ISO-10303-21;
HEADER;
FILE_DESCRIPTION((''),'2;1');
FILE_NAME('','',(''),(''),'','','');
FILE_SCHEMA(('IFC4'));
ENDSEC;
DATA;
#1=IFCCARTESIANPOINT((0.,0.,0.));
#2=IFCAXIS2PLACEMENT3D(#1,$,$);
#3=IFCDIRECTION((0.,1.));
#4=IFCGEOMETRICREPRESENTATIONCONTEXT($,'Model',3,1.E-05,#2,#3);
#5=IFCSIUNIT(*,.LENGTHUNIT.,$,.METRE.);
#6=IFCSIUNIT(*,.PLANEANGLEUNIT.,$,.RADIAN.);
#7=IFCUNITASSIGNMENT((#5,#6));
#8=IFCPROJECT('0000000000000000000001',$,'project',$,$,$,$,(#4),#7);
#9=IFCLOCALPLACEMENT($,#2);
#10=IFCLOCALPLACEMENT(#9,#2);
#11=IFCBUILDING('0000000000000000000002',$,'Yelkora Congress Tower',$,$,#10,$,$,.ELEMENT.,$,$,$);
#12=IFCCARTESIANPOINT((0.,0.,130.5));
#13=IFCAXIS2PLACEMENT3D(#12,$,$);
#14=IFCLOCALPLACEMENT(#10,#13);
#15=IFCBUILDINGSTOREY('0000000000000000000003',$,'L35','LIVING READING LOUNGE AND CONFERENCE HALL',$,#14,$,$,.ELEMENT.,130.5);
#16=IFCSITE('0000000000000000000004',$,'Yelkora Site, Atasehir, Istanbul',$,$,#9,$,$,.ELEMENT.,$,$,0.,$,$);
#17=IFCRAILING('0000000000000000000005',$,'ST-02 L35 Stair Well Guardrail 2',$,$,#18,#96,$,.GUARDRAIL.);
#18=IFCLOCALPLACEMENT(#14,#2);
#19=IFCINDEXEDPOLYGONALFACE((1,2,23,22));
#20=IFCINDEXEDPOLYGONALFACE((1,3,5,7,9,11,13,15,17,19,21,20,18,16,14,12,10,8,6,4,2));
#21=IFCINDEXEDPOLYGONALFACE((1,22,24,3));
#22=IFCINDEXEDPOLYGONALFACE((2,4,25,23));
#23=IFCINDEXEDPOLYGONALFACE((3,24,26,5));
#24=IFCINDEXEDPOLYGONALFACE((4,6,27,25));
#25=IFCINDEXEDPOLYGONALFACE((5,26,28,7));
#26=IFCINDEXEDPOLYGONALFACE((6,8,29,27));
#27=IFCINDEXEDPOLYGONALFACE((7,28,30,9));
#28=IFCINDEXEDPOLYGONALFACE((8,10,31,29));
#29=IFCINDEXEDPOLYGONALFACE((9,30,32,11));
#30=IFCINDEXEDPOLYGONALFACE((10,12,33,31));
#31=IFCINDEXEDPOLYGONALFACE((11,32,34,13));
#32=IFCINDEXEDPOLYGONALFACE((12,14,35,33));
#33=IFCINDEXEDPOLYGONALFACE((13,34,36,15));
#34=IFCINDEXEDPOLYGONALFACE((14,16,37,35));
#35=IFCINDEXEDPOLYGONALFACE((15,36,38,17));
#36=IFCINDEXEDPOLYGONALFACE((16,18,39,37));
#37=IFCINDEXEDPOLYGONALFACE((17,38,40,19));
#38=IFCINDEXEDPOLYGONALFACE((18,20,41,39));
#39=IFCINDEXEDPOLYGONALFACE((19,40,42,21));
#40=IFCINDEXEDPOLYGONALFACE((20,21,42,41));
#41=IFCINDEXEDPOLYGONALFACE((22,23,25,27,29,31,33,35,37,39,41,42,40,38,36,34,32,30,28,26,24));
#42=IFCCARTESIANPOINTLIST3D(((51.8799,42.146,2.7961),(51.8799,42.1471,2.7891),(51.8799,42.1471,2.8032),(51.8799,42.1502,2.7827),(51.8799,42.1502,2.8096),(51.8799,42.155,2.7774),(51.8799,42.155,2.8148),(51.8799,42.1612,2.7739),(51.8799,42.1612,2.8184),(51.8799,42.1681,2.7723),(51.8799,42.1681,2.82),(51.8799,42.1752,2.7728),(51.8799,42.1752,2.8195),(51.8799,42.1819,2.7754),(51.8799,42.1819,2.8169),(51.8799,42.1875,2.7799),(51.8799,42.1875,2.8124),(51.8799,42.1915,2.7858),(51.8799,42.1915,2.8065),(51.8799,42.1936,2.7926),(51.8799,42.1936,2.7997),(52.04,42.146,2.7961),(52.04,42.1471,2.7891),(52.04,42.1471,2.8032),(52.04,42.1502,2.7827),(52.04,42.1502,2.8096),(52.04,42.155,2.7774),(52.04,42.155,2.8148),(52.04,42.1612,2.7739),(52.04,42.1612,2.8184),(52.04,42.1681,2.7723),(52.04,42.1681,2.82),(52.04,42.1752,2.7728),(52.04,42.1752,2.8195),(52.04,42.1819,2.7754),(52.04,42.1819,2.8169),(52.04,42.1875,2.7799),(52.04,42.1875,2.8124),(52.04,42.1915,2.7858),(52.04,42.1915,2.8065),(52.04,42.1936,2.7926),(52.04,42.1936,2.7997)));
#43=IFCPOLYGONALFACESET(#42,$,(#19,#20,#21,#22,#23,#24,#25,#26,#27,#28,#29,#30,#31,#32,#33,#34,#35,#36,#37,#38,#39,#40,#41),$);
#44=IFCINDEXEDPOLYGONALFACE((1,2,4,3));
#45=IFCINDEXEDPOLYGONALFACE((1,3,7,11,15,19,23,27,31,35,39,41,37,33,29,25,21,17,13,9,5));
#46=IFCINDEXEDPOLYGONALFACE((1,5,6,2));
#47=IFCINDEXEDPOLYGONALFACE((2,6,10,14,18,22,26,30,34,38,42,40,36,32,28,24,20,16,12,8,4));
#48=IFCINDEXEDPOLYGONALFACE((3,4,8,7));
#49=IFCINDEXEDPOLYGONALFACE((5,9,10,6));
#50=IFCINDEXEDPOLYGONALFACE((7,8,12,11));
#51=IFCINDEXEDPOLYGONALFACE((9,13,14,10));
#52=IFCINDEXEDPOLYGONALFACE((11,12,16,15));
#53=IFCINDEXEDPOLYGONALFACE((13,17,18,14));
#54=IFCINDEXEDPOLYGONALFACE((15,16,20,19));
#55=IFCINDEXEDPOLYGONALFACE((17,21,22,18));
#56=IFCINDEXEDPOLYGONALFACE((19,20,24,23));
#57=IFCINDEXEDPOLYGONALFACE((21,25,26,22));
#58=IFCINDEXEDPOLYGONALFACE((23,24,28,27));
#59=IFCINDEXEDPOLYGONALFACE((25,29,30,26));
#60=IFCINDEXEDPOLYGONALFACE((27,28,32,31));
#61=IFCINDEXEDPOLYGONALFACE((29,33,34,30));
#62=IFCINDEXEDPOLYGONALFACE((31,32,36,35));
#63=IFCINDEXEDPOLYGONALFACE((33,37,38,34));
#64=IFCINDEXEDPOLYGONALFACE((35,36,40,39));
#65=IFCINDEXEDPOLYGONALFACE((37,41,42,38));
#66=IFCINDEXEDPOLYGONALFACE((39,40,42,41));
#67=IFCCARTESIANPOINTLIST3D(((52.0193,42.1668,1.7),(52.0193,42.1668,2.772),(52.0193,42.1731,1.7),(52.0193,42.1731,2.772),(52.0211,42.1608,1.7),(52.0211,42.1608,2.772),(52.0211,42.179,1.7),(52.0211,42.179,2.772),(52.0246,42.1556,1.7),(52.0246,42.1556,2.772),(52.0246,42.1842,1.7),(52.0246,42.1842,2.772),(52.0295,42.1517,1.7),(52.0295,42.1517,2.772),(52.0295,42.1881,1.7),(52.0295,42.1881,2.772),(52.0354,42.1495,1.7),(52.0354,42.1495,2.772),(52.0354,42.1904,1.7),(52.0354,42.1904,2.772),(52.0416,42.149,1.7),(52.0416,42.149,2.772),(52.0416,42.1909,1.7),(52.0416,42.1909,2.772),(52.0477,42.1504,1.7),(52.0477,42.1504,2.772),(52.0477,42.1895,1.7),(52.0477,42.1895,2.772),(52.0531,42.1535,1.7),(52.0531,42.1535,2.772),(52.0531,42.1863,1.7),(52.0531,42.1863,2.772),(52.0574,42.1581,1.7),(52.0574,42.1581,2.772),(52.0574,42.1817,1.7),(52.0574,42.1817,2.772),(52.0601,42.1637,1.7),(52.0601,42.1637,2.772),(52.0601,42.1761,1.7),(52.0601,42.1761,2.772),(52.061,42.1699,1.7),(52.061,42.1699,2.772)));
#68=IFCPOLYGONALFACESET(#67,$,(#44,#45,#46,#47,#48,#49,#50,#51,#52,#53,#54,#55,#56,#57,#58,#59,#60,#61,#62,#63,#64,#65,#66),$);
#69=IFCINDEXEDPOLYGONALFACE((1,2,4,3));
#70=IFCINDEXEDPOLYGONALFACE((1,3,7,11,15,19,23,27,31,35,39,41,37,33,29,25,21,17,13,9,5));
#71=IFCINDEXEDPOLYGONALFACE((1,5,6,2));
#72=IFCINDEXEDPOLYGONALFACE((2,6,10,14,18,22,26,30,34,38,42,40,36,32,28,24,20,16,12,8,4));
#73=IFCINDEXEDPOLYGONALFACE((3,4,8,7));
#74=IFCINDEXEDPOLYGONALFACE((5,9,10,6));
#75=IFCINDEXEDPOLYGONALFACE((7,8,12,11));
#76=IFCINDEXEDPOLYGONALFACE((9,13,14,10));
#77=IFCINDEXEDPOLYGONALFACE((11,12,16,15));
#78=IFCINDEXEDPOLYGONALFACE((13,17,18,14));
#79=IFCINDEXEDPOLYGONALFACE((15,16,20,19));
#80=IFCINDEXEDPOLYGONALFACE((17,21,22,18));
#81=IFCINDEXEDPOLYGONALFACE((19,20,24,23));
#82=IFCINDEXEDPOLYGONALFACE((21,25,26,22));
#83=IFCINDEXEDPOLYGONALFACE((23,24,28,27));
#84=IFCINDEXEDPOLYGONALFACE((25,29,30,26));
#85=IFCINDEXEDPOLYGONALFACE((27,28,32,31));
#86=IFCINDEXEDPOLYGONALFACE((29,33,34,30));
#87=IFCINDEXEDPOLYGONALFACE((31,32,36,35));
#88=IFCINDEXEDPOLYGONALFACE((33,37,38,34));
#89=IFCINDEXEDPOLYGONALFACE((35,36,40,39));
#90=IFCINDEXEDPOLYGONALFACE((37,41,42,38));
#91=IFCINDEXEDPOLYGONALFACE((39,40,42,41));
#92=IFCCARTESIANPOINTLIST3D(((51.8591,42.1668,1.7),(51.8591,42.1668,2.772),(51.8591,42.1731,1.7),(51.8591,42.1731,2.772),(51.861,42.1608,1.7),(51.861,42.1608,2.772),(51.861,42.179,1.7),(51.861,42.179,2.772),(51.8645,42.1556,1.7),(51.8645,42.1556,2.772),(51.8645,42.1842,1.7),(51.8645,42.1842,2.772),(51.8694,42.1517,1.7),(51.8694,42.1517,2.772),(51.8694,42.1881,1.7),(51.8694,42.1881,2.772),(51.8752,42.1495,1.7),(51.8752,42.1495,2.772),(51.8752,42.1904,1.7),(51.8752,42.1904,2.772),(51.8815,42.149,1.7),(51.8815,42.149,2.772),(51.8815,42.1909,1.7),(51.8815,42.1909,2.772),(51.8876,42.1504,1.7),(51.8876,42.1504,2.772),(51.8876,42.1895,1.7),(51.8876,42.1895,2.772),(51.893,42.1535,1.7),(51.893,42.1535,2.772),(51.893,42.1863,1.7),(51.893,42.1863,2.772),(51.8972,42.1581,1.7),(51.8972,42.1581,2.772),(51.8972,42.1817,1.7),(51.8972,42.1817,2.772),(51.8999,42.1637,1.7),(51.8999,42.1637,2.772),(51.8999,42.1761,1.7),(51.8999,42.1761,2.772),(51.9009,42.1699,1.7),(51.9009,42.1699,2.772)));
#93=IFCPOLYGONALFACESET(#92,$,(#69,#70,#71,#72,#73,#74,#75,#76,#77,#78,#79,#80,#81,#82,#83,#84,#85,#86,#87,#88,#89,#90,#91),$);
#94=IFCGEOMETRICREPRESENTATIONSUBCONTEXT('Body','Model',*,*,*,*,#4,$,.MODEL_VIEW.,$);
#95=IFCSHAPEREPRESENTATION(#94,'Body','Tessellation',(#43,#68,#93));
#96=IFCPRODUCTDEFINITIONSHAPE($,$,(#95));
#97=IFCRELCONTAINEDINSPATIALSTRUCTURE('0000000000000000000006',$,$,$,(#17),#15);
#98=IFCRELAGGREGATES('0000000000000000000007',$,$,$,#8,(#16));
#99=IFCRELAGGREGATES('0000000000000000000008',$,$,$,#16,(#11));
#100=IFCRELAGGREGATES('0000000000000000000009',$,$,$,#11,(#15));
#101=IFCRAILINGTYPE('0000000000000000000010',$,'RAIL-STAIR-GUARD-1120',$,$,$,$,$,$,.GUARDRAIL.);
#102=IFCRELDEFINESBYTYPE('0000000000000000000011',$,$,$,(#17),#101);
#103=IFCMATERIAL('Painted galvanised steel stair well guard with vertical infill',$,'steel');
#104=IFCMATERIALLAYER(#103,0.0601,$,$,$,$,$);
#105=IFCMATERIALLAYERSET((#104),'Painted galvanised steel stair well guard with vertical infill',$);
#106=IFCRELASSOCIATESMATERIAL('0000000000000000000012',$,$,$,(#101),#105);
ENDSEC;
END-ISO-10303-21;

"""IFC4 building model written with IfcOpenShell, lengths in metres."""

from ifc_helpers import new_model, si_unit, direction, frame, origin, origin_2d, place, context, subcontext, project, spatial, circle, extrude, material, layer, layer_set, type_object, element, save


model = new_model("IFC4")

# Units and contexts
model_context = context("Model", 3, precision=1e-05, world=origin(), true_north=direction((0.0, 1.0)))
body_context = subcontext(model_context, "Body", "Model", "MODEL_VIEW")
ifc_project = project(units=[si_unit("LENGTHUNIT", "METRE"), si_unit("PLANEANGLEUNIT", "RADIAN")], contexts=[model_context])

# Site, building, storey
site_placement = place(None, origin())
site = spatial("IfcSite", under=ifc_project, at=site_placement, Name="Yelkora Site, Atasehir, Istanbul", CompositionType="ELEMENT", RefElevation=0.0)
building_placement = place(site_placement, origin())
building = spatial("IfcBuilding", under=site, at=building_placement, Name="Yelkora Congress Tower", CompositionType="ELEMENT")
storey_placement = place(building_placement, frame((0.0, 0.0, 130.5)))
storey = spatial("IfcBuildingStorey", under=building, at=storey_placement, Name="L35", Description="LIVING READING LOUNGE AND CONFERENCE HALL", CompositionType="ELEMENT", Elevation=130.5)

# Railing
ifc_material_1 = material(Name="Painted galvanised steel stair well guard with vertical infill", Category="steel")
ifc_layer_1 = layer(ifc_material_1, 0.0601)
ifc_layer_set_1 = layer_set([ifc_layer_1], Name="Painted galvanised steel stair well guard with vertical infill")
railing_type_1 = type_object("IfcRailingType", Name="RAIL-STAIR-GUARD-1120", PredefinedType="GUARDRAIL", material=ifc_layer_set_1)
railing_1_placement = place(storey_placement, frame((52.04, 42.1699, 1.7)))
element("IfcRailing", 1, at=railing_1_placement, inside=storey, type_object=railing_type_1, Name="ST-02 L35 Stair Well Guardrail 2", PredefinedType="GUARDRAIL", context=body_context, shape_type="SweptSolid", body=[
    extrude(circle(Radius=0.0239, at=origin_2d()), frame((0.0, 0.0, 1.0962), z_axis=(-1.0, 0.0, 0.0), x_axis=(0.0, -1.0, 0.0)), (0.0, 0.0, 1.0), 0.1602),
    extrude(circle(Radius=0.021, at=origin_2d()), origin(), (0.0, 0.0, 1.0), 1.072),
    extrude(circle(Radius=0.021, at=origin_2d()), frame((-0.1602, 0.0, 0.0)), (0.0, 0.0, 1.0), 1.072),
])

save(model, "model.ifc")
